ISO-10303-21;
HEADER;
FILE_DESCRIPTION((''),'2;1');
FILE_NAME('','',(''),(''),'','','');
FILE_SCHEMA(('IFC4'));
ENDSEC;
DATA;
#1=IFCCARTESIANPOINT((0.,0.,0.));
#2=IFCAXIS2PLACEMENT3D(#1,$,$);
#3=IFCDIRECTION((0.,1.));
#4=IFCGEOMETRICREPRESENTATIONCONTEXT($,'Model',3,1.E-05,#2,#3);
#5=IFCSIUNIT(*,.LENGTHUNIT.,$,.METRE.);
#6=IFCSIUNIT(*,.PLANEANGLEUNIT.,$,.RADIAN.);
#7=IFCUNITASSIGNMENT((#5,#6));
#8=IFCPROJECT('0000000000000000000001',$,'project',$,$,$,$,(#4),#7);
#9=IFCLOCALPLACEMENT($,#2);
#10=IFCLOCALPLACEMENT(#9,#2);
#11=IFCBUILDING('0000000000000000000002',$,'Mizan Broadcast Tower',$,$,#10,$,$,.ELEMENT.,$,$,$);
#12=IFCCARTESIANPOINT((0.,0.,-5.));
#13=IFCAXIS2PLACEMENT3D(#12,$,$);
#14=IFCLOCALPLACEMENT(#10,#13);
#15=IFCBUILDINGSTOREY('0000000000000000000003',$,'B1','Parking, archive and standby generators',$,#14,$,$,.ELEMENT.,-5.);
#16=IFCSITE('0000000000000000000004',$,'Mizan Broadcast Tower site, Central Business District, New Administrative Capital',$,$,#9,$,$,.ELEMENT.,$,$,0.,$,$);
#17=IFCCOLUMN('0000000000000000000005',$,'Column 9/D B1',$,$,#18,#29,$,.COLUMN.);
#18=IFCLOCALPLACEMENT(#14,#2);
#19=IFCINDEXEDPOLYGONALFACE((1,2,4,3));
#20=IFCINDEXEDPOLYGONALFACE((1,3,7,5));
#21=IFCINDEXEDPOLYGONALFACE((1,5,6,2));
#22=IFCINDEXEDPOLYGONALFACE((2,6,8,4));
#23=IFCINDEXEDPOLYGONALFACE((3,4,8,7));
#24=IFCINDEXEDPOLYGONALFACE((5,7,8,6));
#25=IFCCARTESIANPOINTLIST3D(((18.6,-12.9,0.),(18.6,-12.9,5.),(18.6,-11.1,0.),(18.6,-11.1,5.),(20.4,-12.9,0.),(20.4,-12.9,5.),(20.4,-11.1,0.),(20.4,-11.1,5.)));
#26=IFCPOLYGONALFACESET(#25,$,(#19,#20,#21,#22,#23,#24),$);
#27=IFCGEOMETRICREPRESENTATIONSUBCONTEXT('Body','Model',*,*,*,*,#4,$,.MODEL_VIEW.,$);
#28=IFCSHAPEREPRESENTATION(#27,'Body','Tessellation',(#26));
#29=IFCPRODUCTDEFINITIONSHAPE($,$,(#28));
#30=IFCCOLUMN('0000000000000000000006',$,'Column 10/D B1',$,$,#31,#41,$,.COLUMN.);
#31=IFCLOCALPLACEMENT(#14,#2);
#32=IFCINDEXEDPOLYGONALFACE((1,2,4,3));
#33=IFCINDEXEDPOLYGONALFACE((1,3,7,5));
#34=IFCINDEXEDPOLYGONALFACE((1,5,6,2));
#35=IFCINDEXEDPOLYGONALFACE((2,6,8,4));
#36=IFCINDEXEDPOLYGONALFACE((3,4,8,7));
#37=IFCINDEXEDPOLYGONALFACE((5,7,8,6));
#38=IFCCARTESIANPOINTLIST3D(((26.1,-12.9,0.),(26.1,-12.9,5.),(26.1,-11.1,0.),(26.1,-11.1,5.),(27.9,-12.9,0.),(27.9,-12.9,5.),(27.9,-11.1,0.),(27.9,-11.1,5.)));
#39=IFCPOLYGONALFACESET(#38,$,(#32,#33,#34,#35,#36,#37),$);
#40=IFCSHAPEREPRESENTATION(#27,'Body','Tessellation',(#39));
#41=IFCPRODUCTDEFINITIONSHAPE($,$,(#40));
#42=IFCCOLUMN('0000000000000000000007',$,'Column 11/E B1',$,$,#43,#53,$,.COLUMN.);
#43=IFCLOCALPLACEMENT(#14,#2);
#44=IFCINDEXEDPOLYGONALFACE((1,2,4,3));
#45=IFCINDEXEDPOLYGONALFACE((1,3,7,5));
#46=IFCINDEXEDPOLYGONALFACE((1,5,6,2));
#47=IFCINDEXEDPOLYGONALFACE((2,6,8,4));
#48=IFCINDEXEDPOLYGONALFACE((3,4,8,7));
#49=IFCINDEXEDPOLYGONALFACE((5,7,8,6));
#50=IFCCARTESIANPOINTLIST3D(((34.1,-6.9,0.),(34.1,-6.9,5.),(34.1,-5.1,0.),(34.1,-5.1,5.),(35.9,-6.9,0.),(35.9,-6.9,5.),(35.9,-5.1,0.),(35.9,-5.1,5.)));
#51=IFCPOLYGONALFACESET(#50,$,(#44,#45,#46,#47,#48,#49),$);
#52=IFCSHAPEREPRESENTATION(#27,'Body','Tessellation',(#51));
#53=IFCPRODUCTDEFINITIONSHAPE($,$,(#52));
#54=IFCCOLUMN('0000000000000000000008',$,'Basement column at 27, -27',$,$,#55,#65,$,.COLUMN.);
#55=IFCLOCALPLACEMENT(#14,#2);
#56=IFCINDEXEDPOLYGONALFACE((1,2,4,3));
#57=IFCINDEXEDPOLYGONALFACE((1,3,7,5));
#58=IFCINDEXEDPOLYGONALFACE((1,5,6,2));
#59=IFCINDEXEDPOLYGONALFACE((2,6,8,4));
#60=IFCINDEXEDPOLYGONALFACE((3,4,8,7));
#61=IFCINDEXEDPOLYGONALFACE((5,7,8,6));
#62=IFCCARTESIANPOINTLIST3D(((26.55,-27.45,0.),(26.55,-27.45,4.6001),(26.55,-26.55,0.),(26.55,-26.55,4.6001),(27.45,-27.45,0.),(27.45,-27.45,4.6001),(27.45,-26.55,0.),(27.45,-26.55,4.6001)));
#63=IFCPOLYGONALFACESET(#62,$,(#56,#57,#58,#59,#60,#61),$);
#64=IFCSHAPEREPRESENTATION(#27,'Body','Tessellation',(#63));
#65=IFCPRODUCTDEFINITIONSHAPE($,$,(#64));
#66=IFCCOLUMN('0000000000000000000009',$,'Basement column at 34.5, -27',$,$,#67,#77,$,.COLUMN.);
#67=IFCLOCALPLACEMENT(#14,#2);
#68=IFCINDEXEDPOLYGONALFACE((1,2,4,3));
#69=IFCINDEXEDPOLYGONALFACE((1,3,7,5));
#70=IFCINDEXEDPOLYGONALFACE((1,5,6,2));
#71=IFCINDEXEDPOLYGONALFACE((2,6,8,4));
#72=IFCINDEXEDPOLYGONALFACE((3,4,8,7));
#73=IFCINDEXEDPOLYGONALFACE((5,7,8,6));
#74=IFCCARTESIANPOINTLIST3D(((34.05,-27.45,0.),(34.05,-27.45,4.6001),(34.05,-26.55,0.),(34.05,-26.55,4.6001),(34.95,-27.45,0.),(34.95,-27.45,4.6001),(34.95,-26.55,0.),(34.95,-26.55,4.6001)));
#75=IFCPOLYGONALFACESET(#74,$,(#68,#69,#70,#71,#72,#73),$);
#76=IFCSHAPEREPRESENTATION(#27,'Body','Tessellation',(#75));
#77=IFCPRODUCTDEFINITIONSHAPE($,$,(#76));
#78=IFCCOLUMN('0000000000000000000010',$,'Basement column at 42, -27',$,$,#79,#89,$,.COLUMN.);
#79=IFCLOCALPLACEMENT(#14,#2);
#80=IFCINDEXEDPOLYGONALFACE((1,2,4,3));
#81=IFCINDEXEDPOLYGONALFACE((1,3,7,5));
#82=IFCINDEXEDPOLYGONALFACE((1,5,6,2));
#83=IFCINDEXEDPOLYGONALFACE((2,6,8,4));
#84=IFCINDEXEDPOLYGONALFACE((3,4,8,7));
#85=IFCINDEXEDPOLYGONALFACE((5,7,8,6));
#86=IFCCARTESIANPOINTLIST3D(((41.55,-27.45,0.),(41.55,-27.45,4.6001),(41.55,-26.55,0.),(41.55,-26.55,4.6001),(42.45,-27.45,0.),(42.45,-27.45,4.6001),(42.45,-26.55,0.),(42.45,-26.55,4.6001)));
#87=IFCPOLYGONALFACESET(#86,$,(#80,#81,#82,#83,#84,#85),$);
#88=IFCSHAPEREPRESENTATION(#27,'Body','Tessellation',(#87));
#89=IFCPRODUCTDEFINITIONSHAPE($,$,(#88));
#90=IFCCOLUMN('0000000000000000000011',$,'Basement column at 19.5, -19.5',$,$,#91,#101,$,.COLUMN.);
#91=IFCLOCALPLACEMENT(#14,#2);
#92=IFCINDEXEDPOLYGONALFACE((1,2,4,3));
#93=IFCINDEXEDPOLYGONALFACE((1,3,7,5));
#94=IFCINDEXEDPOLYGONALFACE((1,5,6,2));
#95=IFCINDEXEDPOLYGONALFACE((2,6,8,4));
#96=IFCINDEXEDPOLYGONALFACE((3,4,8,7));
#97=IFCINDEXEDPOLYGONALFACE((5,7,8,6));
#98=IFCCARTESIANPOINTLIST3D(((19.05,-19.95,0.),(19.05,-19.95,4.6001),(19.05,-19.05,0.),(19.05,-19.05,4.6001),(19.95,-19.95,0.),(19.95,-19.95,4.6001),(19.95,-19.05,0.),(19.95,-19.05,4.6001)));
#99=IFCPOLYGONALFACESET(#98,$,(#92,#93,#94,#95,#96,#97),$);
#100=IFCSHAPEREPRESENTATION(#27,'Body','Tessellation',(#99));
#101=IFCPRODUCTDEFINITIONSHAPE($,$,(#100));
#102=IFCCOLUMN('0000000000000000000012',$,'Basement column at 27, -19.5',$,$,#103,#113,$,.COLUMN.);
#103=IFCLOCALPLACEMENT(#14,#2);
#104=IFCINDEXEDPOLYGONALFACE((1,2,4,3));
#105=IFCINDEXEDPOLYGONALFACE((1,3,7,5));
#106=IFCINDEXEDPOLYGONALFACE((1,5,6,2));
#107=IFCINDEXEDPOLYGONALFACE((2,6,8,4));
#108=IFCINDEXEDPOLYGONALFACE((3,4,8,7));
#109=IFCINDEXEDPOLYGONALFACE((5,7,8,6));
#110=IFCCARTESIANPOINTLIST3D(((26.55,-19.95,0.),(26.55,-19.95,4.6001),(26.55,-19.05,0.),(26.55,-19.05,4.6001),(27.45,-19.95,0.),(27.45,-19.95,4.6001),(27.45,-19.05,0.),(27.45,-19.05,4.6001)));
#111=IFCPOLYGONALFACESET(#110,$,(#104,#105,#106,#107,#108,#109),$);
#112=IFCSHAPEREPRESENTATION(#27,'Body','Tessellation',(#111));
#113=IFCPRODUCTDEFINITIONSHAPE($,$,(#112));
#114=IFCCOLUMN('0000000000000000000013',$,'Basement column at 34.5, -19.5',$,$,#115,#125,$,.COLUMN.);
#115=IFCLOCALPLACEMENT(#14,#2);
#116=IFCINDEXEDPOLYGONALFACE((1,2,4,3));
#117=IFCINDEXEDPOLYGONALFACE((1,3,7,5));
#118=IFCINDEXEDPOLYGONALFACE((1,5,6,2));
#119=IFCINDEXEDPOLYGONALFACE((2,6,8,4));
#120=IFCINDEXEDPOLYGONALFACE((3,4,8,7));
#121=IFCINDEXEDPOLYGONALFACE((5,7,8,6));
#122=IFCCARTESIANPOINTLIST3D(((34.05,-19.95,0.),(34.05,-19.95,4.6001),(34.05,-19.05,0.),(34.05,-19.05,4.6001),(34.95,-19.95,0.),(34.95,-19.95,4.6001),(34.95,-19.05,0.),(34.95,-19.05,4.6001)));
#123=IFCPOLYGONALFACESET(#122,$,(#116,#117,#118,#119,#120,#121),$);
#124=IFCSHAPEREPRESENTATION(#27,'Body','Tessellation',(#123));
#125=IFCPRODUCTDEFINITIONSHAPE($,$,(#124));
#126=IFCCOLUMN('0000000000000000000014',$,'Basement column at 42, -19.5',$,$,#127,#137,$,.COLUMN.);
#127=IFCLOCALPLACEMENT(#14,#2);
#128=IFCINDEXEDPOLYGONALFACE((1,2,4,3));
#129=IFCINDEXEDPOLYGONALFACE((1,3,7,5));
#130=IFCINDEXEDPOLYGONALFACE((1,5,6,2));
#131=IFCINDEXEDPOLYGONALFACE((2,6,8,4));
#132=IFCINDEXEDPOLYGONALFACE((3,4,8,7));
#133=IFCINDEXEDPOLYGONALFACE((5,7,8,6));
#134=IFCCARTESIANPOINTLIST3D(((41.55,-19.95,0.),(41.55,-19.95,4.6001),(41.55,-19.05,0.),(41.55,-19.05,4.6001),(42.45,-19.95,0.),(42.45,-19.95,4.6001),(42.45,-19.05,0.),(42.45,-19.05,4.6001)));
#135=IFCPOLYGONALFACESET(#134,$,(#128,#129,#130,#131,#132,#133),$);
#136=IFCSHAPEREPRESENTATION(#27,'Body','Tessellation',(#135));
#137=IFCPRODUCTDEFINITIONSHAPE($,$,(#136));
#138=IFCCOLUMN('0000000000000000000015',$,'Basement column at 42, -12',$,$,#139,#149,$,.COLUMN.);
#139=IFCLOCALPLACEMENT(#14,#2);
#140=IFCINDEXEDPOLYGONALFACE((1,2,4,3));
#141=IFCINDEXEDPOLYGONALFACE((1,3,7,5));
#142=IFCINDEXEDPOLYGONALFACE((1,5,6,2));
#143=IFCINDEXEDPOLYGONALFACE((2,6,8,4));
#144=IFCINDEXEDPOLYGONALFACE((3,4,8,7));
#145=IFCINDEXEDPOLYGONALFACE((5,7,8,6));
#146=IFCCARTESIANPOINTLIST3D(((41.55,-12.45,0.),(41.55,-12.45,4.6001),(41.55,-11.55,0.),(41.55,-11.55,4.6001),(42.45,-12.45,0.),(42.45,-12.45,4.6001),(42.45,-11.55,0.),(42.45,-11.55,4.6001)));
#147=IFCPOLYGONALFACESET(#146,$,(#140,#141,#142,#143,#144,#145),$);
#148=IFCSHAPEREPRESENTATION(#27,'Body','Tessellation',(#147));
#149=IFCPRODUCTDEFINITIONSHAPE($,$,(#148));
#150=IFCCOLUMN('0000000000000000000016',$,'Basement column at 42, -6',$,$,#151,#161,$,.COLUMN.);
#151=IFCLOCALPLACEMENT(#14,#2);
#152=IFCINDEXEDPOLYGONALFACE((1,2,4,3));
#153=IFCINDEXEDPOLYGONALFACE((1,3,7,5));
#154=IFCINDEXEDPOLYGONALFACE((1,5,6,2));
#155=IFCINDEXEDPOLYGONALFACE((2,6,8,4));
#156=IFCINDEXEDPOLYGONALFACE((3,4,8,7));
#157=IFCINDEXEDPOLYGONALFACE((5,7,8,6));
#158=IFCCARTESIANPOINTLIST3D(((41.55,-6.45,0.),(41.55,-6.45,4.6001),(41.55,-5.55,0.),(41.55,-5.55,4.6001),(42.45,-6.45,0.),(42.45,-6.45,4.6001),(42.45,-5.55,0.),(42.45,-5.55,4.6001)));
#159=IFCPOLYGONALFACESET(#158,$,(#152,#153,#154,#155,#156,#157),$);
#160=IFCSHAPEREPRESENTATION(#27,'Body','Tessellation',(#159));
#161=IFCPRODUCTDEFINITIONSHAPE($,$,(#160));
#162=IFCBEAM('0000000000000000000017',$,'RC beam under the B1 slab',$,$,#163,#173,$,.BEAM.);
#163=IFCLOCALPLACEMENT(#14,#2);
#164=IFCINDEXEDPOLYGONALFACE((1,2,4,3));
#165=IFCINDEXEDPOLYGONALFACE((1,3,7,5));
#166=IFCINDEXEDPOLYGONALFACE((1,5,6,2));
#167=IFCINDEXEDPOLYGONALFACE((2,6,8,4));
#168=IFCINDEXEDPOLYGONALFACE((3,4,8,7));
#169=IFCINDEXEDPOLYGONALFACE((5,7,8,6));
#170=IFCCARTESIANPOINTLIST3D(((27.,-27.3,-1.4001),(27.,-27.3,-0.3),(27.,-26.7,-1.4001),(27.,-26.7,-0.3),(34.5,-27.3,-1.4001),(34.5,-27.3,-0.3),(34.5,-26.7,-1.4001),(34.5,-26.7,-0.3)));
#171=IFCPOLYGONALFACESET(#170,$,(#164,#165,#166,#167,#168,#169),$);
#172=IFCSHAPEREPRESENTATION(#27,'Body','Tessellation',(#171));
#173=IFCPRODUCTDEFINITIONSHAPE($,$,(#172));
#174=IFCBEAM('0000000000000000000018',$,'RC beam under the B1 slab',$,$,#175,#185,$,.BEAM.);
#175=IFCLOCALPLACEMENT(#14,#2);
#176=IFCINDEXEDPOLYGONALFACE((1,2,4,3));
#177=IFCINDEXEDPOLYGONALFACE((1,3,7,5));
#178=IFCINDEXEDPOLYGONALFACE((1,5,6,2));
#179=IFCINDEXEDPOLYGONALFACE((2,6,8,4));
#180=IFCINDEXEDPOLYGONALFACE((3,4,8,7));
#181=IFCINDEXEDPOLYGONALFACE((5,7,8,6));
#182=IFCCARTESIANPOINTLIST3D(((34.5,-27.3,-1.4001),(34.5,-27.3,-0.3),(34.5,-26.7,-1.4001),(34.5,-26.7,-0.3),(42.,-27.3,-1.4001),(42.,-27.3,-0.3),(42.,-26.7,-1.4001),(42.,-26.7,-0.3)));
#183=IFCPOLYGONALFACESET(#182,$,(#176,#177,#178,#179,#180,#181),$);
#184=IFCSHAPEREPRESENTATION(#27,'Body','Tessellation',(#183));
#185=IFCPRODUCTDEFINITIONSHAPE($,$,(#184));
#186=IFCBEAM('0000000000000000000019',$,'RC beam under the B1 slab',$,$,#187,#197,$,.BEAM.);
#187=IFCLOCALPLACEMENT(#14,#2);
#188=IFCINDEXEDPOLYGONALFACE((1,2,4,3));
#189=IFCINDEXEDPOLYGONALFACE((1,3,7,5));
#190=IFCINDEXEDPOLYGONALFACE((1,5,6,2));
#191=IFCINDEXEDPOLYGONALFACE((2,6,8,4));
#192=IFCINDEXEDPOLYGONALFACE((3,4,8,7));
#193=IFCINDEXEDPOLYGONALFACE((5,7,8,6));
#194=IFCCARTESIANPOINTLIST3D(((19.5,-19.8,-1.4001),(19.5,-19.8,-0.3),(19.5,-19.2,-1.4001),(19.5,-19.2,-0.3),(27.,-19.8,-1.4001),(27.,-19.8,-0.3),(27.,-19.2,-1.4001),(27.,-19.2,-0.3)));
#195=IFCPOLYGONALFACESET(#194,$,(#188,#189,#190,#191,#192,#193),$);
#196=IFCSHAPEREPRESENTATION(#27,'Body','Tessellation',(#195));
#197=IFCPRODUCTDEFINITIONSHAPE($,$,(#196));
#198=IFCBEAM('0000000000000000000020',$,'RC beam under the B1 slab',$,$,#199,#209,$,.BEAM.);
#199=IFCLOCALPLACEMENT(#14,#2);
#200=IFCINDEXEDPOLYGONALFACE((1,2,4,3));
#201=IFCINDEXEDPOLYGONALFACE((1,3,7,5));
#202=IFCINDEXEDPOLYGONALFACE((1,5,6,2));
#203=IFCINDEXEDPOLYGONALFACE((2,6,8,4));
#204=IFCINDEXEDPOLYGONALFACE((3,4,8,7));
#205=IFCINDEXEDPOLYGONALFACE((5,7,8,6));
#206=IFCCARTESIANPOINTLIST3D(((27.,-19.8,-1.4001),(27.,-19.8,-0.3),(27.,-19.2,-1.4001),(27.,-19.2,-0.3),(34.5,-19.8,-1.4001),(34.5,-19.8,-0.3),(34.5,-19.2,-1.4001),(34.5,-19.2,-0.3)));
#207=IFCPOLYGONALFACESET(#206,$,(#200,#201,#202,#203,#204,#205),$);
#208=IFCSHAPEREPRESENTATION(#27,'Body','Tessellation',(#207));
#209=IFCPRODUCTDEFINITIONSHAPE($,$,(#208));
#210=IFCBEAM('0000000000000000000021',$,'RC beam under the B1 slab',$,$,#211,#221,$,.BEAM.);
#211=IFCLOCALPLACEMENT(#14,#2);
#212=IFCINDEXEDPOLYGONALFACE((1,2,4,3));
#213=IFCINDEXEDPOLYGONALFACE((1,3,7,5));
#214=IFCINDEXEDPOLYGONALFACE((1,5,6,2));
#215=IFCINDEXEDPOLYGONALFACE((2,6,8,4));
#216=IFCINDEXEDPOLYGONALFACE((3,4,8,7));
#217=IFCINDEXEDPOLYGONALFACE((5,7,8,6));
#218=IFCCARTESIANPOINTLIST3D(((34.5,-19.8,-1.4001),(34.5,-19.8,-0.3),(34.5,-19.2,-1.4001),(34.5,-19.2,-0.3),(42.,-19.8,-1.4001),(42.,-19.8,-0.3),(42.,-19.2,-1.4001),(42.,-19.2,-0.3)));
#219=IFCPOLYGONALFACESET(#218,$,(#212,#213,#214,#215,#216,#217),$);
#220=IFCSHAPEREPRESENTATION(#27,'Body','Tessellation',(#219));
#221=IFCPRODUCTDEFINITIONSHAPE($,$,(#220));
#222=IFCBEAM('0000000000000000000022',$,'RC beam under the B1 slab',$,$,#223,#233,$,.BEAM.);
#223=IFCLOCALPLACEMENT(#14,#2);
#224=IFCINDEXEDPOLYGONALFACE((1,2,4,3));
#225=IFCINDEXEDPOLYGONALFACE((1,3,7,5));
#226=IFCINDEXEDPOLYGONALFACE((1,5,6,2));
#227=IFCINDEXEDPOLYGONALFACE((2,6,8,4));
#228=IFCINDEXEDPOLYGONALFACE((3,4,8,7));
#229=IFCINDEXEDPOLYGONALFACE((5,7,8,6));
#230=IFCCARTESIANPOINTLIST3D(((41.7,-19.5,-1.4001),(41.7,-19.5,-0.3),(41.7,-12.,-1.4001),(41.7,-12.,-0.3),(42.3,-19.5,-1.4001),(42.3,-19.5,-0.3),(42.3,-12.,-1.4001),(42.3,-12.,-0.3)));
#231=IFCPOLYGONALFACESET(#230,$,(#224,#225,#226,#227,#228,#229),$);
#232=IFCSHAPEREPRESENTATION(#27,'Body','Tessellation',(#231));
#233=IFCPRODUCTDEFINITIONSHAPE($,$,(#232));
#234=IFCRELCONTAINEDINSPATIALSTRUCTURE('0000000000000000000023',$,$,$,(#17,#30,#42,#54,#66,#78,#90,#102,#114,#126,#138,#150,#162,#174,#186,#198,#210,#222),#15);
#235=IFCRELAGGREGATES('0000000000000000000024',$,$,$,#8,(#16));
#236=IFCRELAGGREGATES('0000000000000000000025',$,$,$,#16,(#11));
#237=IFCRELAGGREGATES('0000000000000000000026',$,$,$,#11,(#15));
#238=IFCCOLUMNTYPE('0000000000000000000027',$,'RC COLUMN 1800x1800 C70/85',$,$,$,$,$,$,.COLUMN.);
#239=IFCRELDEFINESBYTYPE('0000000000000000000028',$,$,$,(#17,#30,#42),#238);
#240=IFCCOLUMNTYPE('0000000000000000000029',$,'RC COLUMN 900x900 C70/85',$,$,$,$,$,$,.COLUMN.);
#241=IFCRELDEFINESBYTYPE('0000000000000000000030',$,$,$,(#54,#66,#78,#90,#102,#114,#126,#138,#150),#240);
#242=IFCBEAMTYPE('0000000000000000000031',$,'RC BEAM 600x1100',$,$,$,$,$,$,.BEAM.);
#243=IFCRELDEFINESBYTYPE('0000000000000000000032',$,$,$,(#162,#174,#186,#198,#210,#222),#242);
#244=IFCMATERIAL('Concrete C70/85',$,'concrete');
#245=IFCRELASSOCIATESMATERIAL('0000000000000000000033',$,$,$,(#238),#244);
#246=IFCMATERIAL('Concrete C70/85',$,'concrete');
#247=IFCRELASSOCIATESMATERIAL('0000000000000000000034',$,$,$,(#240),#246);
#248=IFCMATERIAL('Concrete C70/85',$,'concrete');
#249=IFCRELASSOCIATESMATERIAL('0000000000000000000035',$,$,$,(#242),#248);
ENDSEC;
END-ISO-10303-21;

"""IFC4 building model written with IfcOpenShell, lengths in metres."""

from ifc_helpers import new_model, si_unit, direction, frame, origin, origin_2d, place, context, subcontext, project, spatial, rectangle, extrude, material, material_profile, profile_set, type_object, element, save


model = new_model("IFC4")

# Units and contexts
model_context = context("Model", 3, precision=1e-05, world=origin(), true_north=direction((0.0, 1.0)))
body_context = subcontext(model_context, "Body", "Model", "MODEL_VIEW")
ifc_project = project(units=[si_unit("LENGTHUNIT", "METRE"), si_unit("PLANEANGLEUNIT", "RADIAN")], contexts=[model_context])

# Site, building, storey
site_placement = place(None, origin())
site = spatial("IfcSite", under=ifc_project, at=site_placement, Name="Mizan Broadcast Tower site, Central Business District, New Administrative Capital", CompositionType="ELEMENT", RefElevation=0.0)
building_placement = place(site_placement, origin())
building = spatial("IfcBuilding", under=site, at=building_placement, Name="Mizan Broadcast Tower", CompositionType="ELEMENT")
storey_placement = place(building_placement, frame((0.0, 0.0, -5.0)))
storey = spatial("IfcBuildingStorey", under=building, at=storey_placement, Name="B1", Description="Parking, archive and standby generators", CompositionType="ELEMENT", Elevation=-5.0)

# Columns
ifc_material_1 = material(Name="Concrete C70/85", Category="concrete")
ifc_material_profile_1 = material_profile(ifc_material_1, rectangle(XDim=1.8, YDim=1.8, at=origin_2d()), Name="RC 1800x1800")
ifc_profile_set_1 = profile_set([ifc_material_profile_1], Name="Concrete C70/85")
column_type_1 = type_object("IfcColumnType", Name="RC COLUMN 1800x1800 C70/85", PredefinedType="COLUMN", material=ifc_profile_set_1)
for number, where, z_axis, x_axis, name in (
    (1, (19.5, -12.0, 0.0), (0.0, 0.0, 1.0), (1.0, 0.0, 0.0), "Column 9/D B1"),
    (2, (27.0, -12.0, 0.0), (0.0, 0.0, 1.0), (1.0, 0.0, 0.0), "Column 10/D B1"),
    (3, (35.0, -6.0, 0.0), (0.0, 0.0, 1.0), (1.0, 0.0, 0.0), "Column 11/E B1"),
):
    element("IfcColumn", number, at=place(storey_placement, frame(where, z_axis=z_axis, x_axis=x_axis)), inside=storey, type_object=column_type_1, Name=name, PredefinedType="COLUMN", context=body_context, shape_type="SweptSolid", body=[
        extrude(rectangle(XDim=1.8, YDim=1.8, at=origin_2d()), origin(), (0.0, 0.0, 1.0), 5.0),
    ])
ifc_material_2 = material(Name="Concrete C70/85", Category="concrete")
ifc_material_profile_2 = material_profile(ifc_material_2, rectangle(XDim=0.8999, YDim=0.8999, at=origin_2d()), Name="RC 900x900")
ifc_profile_set_2 = profile_set([ifc_material_profile_2], Name="Concrete C70/85")
column_type_2 = type_object("IfcColumnType", Name="RC COLUMN 900x900 C70/85", PredefinedType="COLUMN", material=ifc_profile_set_2)
for number, where, z_axis, x_axis, name in (
    (4, (27.0, -27.0, 0.0), (0.0, 0.0, 1.0), (1.0, 0.0, 0.0), "Basement column at 27, -27"),
    (5, (34.5, -27.0, 0.0), (0.0, 0.0, 1.0), (1.0, 0.0, 0.0), "Basement column at 34.5, -27"),
    (6, (42.0, -27.0, 0.0), (0.0, 0.0, 1.0), (1.0, 0.0, 0.0), "Basement column at 42, -27"),
    (7, (19.5, -19.5, 0.0), (0.0, 0.0, 1.0), (1.0, 0.0, 0.0), "Basement column at 19.5, -19.5"),
    (8, (27.0, -19.5, 0.0), (0.0, 0.0, 1.0), (1.0, 0.0, 0.0), "Basement column at 27, -19.5"),
    (9, (34.5, -19.5, 0.0), (0.0, 0.0, 1.0), (1.0, 0.0, 0.0), "Basement column at 34.5, -19.5"),
    (10, (42.0, -19.5, 0.0), (0.0, 0.0, 1.0), (1.0, 0.0, 0.0), "Basement column at 42, -19.5"),
    (11, (42.0, -12.0, 0.0), (0.0, 0.0, 1.0), (1.0, 0.0, 0.0), "Basement column at 42, -12"),
    (12, (42.0, -6.0, 0.0), (0.0, 0.0, 1.0), (1.0, 0.0, 0.0), "Basement column at 42, -6"),
):
    element("IfcColumn", number, at=place(storey_placement, frame(where, z_axis=z_axis, x_axis=x_axis)), inside=storey, type_object=column_type_2, Name=name, PredefinedType="COLUMN", context=body_context, shape_type="SweptSolid", body=[
        extrude(rectangle(XDim=0.8999, YDim=0.8999, at=origin_2d()), origin(), (0.0, 0.0, 1.0), 4.6001),
    ])

# Beams
ifc_material_3 = material(Name="Concrete C70/85", Category="concrete")
ifc_material_profile_3 = material_profile(ifc_material_3, rectangle(XDim=0.6001, YDim=1.1001, at=origin_2d()), Name="RC 600x1100")
ifc_profile_set_3 = profile_set([ifc_material_profile_3], Name="Concrete C70/85")
beam_type = type_object("IfcBeamType", Name="RC BEAM 600x1100", PredefinedType="BEAM", material=ifc_profile_set_3)
for number, where, z_axis, x_axis, name in (
    (13, (27.0, -27.0, -0.8501), (1.0, 0.0, 0.0), (0.0, 1.0, 0.0), "RC beam under the B1 slab"),
    (14, (34.5, -27.0, -0.8501), (1.0, 0.0, 0.0), (0.0, 1.0, 0.0), "RC beam under the B1 slab"),
    (15, (19.5, -19.5, -0.8501), (1.0, 0.0, 0.0), (0.0, 1.0, 0.0), "RC beam under the B1 slab"),
    (16, (27.0, -19.5, -0.8501), (1.0, 0.0, 0.0), (0.0, 1.0, 0.0), "RC beam under the B1 slab"),
    (17, (34.5, -19.5, -0.8501), (1.0, 0.0, 0.0), (0.0, 1.0, 0.0), "RC beam under the B1 slab"),
    (18, (42.0, -19.5, -0.8501), (0.0, 1.0, 0.0), (-1.0, 0.0, 0.0), "RC beam under the B1 slab"),
):
    element("IfcBeam", number, at=place(storey_placement, frame(where, z_axis=z_axis, x_axis=x_axis)), inside=storey, type_object=beam_type, Name=name, PredefinedType="BEAM", context=body_context, shape_type="SweptSolid", body=[
        extrude(rectangle(XDim=0.6001, YDim=1.1001, at=origin_2d()), origin(), (0.0, 0.0, 1.0), 7.5),
    ])

save(model, "model.ifc")
